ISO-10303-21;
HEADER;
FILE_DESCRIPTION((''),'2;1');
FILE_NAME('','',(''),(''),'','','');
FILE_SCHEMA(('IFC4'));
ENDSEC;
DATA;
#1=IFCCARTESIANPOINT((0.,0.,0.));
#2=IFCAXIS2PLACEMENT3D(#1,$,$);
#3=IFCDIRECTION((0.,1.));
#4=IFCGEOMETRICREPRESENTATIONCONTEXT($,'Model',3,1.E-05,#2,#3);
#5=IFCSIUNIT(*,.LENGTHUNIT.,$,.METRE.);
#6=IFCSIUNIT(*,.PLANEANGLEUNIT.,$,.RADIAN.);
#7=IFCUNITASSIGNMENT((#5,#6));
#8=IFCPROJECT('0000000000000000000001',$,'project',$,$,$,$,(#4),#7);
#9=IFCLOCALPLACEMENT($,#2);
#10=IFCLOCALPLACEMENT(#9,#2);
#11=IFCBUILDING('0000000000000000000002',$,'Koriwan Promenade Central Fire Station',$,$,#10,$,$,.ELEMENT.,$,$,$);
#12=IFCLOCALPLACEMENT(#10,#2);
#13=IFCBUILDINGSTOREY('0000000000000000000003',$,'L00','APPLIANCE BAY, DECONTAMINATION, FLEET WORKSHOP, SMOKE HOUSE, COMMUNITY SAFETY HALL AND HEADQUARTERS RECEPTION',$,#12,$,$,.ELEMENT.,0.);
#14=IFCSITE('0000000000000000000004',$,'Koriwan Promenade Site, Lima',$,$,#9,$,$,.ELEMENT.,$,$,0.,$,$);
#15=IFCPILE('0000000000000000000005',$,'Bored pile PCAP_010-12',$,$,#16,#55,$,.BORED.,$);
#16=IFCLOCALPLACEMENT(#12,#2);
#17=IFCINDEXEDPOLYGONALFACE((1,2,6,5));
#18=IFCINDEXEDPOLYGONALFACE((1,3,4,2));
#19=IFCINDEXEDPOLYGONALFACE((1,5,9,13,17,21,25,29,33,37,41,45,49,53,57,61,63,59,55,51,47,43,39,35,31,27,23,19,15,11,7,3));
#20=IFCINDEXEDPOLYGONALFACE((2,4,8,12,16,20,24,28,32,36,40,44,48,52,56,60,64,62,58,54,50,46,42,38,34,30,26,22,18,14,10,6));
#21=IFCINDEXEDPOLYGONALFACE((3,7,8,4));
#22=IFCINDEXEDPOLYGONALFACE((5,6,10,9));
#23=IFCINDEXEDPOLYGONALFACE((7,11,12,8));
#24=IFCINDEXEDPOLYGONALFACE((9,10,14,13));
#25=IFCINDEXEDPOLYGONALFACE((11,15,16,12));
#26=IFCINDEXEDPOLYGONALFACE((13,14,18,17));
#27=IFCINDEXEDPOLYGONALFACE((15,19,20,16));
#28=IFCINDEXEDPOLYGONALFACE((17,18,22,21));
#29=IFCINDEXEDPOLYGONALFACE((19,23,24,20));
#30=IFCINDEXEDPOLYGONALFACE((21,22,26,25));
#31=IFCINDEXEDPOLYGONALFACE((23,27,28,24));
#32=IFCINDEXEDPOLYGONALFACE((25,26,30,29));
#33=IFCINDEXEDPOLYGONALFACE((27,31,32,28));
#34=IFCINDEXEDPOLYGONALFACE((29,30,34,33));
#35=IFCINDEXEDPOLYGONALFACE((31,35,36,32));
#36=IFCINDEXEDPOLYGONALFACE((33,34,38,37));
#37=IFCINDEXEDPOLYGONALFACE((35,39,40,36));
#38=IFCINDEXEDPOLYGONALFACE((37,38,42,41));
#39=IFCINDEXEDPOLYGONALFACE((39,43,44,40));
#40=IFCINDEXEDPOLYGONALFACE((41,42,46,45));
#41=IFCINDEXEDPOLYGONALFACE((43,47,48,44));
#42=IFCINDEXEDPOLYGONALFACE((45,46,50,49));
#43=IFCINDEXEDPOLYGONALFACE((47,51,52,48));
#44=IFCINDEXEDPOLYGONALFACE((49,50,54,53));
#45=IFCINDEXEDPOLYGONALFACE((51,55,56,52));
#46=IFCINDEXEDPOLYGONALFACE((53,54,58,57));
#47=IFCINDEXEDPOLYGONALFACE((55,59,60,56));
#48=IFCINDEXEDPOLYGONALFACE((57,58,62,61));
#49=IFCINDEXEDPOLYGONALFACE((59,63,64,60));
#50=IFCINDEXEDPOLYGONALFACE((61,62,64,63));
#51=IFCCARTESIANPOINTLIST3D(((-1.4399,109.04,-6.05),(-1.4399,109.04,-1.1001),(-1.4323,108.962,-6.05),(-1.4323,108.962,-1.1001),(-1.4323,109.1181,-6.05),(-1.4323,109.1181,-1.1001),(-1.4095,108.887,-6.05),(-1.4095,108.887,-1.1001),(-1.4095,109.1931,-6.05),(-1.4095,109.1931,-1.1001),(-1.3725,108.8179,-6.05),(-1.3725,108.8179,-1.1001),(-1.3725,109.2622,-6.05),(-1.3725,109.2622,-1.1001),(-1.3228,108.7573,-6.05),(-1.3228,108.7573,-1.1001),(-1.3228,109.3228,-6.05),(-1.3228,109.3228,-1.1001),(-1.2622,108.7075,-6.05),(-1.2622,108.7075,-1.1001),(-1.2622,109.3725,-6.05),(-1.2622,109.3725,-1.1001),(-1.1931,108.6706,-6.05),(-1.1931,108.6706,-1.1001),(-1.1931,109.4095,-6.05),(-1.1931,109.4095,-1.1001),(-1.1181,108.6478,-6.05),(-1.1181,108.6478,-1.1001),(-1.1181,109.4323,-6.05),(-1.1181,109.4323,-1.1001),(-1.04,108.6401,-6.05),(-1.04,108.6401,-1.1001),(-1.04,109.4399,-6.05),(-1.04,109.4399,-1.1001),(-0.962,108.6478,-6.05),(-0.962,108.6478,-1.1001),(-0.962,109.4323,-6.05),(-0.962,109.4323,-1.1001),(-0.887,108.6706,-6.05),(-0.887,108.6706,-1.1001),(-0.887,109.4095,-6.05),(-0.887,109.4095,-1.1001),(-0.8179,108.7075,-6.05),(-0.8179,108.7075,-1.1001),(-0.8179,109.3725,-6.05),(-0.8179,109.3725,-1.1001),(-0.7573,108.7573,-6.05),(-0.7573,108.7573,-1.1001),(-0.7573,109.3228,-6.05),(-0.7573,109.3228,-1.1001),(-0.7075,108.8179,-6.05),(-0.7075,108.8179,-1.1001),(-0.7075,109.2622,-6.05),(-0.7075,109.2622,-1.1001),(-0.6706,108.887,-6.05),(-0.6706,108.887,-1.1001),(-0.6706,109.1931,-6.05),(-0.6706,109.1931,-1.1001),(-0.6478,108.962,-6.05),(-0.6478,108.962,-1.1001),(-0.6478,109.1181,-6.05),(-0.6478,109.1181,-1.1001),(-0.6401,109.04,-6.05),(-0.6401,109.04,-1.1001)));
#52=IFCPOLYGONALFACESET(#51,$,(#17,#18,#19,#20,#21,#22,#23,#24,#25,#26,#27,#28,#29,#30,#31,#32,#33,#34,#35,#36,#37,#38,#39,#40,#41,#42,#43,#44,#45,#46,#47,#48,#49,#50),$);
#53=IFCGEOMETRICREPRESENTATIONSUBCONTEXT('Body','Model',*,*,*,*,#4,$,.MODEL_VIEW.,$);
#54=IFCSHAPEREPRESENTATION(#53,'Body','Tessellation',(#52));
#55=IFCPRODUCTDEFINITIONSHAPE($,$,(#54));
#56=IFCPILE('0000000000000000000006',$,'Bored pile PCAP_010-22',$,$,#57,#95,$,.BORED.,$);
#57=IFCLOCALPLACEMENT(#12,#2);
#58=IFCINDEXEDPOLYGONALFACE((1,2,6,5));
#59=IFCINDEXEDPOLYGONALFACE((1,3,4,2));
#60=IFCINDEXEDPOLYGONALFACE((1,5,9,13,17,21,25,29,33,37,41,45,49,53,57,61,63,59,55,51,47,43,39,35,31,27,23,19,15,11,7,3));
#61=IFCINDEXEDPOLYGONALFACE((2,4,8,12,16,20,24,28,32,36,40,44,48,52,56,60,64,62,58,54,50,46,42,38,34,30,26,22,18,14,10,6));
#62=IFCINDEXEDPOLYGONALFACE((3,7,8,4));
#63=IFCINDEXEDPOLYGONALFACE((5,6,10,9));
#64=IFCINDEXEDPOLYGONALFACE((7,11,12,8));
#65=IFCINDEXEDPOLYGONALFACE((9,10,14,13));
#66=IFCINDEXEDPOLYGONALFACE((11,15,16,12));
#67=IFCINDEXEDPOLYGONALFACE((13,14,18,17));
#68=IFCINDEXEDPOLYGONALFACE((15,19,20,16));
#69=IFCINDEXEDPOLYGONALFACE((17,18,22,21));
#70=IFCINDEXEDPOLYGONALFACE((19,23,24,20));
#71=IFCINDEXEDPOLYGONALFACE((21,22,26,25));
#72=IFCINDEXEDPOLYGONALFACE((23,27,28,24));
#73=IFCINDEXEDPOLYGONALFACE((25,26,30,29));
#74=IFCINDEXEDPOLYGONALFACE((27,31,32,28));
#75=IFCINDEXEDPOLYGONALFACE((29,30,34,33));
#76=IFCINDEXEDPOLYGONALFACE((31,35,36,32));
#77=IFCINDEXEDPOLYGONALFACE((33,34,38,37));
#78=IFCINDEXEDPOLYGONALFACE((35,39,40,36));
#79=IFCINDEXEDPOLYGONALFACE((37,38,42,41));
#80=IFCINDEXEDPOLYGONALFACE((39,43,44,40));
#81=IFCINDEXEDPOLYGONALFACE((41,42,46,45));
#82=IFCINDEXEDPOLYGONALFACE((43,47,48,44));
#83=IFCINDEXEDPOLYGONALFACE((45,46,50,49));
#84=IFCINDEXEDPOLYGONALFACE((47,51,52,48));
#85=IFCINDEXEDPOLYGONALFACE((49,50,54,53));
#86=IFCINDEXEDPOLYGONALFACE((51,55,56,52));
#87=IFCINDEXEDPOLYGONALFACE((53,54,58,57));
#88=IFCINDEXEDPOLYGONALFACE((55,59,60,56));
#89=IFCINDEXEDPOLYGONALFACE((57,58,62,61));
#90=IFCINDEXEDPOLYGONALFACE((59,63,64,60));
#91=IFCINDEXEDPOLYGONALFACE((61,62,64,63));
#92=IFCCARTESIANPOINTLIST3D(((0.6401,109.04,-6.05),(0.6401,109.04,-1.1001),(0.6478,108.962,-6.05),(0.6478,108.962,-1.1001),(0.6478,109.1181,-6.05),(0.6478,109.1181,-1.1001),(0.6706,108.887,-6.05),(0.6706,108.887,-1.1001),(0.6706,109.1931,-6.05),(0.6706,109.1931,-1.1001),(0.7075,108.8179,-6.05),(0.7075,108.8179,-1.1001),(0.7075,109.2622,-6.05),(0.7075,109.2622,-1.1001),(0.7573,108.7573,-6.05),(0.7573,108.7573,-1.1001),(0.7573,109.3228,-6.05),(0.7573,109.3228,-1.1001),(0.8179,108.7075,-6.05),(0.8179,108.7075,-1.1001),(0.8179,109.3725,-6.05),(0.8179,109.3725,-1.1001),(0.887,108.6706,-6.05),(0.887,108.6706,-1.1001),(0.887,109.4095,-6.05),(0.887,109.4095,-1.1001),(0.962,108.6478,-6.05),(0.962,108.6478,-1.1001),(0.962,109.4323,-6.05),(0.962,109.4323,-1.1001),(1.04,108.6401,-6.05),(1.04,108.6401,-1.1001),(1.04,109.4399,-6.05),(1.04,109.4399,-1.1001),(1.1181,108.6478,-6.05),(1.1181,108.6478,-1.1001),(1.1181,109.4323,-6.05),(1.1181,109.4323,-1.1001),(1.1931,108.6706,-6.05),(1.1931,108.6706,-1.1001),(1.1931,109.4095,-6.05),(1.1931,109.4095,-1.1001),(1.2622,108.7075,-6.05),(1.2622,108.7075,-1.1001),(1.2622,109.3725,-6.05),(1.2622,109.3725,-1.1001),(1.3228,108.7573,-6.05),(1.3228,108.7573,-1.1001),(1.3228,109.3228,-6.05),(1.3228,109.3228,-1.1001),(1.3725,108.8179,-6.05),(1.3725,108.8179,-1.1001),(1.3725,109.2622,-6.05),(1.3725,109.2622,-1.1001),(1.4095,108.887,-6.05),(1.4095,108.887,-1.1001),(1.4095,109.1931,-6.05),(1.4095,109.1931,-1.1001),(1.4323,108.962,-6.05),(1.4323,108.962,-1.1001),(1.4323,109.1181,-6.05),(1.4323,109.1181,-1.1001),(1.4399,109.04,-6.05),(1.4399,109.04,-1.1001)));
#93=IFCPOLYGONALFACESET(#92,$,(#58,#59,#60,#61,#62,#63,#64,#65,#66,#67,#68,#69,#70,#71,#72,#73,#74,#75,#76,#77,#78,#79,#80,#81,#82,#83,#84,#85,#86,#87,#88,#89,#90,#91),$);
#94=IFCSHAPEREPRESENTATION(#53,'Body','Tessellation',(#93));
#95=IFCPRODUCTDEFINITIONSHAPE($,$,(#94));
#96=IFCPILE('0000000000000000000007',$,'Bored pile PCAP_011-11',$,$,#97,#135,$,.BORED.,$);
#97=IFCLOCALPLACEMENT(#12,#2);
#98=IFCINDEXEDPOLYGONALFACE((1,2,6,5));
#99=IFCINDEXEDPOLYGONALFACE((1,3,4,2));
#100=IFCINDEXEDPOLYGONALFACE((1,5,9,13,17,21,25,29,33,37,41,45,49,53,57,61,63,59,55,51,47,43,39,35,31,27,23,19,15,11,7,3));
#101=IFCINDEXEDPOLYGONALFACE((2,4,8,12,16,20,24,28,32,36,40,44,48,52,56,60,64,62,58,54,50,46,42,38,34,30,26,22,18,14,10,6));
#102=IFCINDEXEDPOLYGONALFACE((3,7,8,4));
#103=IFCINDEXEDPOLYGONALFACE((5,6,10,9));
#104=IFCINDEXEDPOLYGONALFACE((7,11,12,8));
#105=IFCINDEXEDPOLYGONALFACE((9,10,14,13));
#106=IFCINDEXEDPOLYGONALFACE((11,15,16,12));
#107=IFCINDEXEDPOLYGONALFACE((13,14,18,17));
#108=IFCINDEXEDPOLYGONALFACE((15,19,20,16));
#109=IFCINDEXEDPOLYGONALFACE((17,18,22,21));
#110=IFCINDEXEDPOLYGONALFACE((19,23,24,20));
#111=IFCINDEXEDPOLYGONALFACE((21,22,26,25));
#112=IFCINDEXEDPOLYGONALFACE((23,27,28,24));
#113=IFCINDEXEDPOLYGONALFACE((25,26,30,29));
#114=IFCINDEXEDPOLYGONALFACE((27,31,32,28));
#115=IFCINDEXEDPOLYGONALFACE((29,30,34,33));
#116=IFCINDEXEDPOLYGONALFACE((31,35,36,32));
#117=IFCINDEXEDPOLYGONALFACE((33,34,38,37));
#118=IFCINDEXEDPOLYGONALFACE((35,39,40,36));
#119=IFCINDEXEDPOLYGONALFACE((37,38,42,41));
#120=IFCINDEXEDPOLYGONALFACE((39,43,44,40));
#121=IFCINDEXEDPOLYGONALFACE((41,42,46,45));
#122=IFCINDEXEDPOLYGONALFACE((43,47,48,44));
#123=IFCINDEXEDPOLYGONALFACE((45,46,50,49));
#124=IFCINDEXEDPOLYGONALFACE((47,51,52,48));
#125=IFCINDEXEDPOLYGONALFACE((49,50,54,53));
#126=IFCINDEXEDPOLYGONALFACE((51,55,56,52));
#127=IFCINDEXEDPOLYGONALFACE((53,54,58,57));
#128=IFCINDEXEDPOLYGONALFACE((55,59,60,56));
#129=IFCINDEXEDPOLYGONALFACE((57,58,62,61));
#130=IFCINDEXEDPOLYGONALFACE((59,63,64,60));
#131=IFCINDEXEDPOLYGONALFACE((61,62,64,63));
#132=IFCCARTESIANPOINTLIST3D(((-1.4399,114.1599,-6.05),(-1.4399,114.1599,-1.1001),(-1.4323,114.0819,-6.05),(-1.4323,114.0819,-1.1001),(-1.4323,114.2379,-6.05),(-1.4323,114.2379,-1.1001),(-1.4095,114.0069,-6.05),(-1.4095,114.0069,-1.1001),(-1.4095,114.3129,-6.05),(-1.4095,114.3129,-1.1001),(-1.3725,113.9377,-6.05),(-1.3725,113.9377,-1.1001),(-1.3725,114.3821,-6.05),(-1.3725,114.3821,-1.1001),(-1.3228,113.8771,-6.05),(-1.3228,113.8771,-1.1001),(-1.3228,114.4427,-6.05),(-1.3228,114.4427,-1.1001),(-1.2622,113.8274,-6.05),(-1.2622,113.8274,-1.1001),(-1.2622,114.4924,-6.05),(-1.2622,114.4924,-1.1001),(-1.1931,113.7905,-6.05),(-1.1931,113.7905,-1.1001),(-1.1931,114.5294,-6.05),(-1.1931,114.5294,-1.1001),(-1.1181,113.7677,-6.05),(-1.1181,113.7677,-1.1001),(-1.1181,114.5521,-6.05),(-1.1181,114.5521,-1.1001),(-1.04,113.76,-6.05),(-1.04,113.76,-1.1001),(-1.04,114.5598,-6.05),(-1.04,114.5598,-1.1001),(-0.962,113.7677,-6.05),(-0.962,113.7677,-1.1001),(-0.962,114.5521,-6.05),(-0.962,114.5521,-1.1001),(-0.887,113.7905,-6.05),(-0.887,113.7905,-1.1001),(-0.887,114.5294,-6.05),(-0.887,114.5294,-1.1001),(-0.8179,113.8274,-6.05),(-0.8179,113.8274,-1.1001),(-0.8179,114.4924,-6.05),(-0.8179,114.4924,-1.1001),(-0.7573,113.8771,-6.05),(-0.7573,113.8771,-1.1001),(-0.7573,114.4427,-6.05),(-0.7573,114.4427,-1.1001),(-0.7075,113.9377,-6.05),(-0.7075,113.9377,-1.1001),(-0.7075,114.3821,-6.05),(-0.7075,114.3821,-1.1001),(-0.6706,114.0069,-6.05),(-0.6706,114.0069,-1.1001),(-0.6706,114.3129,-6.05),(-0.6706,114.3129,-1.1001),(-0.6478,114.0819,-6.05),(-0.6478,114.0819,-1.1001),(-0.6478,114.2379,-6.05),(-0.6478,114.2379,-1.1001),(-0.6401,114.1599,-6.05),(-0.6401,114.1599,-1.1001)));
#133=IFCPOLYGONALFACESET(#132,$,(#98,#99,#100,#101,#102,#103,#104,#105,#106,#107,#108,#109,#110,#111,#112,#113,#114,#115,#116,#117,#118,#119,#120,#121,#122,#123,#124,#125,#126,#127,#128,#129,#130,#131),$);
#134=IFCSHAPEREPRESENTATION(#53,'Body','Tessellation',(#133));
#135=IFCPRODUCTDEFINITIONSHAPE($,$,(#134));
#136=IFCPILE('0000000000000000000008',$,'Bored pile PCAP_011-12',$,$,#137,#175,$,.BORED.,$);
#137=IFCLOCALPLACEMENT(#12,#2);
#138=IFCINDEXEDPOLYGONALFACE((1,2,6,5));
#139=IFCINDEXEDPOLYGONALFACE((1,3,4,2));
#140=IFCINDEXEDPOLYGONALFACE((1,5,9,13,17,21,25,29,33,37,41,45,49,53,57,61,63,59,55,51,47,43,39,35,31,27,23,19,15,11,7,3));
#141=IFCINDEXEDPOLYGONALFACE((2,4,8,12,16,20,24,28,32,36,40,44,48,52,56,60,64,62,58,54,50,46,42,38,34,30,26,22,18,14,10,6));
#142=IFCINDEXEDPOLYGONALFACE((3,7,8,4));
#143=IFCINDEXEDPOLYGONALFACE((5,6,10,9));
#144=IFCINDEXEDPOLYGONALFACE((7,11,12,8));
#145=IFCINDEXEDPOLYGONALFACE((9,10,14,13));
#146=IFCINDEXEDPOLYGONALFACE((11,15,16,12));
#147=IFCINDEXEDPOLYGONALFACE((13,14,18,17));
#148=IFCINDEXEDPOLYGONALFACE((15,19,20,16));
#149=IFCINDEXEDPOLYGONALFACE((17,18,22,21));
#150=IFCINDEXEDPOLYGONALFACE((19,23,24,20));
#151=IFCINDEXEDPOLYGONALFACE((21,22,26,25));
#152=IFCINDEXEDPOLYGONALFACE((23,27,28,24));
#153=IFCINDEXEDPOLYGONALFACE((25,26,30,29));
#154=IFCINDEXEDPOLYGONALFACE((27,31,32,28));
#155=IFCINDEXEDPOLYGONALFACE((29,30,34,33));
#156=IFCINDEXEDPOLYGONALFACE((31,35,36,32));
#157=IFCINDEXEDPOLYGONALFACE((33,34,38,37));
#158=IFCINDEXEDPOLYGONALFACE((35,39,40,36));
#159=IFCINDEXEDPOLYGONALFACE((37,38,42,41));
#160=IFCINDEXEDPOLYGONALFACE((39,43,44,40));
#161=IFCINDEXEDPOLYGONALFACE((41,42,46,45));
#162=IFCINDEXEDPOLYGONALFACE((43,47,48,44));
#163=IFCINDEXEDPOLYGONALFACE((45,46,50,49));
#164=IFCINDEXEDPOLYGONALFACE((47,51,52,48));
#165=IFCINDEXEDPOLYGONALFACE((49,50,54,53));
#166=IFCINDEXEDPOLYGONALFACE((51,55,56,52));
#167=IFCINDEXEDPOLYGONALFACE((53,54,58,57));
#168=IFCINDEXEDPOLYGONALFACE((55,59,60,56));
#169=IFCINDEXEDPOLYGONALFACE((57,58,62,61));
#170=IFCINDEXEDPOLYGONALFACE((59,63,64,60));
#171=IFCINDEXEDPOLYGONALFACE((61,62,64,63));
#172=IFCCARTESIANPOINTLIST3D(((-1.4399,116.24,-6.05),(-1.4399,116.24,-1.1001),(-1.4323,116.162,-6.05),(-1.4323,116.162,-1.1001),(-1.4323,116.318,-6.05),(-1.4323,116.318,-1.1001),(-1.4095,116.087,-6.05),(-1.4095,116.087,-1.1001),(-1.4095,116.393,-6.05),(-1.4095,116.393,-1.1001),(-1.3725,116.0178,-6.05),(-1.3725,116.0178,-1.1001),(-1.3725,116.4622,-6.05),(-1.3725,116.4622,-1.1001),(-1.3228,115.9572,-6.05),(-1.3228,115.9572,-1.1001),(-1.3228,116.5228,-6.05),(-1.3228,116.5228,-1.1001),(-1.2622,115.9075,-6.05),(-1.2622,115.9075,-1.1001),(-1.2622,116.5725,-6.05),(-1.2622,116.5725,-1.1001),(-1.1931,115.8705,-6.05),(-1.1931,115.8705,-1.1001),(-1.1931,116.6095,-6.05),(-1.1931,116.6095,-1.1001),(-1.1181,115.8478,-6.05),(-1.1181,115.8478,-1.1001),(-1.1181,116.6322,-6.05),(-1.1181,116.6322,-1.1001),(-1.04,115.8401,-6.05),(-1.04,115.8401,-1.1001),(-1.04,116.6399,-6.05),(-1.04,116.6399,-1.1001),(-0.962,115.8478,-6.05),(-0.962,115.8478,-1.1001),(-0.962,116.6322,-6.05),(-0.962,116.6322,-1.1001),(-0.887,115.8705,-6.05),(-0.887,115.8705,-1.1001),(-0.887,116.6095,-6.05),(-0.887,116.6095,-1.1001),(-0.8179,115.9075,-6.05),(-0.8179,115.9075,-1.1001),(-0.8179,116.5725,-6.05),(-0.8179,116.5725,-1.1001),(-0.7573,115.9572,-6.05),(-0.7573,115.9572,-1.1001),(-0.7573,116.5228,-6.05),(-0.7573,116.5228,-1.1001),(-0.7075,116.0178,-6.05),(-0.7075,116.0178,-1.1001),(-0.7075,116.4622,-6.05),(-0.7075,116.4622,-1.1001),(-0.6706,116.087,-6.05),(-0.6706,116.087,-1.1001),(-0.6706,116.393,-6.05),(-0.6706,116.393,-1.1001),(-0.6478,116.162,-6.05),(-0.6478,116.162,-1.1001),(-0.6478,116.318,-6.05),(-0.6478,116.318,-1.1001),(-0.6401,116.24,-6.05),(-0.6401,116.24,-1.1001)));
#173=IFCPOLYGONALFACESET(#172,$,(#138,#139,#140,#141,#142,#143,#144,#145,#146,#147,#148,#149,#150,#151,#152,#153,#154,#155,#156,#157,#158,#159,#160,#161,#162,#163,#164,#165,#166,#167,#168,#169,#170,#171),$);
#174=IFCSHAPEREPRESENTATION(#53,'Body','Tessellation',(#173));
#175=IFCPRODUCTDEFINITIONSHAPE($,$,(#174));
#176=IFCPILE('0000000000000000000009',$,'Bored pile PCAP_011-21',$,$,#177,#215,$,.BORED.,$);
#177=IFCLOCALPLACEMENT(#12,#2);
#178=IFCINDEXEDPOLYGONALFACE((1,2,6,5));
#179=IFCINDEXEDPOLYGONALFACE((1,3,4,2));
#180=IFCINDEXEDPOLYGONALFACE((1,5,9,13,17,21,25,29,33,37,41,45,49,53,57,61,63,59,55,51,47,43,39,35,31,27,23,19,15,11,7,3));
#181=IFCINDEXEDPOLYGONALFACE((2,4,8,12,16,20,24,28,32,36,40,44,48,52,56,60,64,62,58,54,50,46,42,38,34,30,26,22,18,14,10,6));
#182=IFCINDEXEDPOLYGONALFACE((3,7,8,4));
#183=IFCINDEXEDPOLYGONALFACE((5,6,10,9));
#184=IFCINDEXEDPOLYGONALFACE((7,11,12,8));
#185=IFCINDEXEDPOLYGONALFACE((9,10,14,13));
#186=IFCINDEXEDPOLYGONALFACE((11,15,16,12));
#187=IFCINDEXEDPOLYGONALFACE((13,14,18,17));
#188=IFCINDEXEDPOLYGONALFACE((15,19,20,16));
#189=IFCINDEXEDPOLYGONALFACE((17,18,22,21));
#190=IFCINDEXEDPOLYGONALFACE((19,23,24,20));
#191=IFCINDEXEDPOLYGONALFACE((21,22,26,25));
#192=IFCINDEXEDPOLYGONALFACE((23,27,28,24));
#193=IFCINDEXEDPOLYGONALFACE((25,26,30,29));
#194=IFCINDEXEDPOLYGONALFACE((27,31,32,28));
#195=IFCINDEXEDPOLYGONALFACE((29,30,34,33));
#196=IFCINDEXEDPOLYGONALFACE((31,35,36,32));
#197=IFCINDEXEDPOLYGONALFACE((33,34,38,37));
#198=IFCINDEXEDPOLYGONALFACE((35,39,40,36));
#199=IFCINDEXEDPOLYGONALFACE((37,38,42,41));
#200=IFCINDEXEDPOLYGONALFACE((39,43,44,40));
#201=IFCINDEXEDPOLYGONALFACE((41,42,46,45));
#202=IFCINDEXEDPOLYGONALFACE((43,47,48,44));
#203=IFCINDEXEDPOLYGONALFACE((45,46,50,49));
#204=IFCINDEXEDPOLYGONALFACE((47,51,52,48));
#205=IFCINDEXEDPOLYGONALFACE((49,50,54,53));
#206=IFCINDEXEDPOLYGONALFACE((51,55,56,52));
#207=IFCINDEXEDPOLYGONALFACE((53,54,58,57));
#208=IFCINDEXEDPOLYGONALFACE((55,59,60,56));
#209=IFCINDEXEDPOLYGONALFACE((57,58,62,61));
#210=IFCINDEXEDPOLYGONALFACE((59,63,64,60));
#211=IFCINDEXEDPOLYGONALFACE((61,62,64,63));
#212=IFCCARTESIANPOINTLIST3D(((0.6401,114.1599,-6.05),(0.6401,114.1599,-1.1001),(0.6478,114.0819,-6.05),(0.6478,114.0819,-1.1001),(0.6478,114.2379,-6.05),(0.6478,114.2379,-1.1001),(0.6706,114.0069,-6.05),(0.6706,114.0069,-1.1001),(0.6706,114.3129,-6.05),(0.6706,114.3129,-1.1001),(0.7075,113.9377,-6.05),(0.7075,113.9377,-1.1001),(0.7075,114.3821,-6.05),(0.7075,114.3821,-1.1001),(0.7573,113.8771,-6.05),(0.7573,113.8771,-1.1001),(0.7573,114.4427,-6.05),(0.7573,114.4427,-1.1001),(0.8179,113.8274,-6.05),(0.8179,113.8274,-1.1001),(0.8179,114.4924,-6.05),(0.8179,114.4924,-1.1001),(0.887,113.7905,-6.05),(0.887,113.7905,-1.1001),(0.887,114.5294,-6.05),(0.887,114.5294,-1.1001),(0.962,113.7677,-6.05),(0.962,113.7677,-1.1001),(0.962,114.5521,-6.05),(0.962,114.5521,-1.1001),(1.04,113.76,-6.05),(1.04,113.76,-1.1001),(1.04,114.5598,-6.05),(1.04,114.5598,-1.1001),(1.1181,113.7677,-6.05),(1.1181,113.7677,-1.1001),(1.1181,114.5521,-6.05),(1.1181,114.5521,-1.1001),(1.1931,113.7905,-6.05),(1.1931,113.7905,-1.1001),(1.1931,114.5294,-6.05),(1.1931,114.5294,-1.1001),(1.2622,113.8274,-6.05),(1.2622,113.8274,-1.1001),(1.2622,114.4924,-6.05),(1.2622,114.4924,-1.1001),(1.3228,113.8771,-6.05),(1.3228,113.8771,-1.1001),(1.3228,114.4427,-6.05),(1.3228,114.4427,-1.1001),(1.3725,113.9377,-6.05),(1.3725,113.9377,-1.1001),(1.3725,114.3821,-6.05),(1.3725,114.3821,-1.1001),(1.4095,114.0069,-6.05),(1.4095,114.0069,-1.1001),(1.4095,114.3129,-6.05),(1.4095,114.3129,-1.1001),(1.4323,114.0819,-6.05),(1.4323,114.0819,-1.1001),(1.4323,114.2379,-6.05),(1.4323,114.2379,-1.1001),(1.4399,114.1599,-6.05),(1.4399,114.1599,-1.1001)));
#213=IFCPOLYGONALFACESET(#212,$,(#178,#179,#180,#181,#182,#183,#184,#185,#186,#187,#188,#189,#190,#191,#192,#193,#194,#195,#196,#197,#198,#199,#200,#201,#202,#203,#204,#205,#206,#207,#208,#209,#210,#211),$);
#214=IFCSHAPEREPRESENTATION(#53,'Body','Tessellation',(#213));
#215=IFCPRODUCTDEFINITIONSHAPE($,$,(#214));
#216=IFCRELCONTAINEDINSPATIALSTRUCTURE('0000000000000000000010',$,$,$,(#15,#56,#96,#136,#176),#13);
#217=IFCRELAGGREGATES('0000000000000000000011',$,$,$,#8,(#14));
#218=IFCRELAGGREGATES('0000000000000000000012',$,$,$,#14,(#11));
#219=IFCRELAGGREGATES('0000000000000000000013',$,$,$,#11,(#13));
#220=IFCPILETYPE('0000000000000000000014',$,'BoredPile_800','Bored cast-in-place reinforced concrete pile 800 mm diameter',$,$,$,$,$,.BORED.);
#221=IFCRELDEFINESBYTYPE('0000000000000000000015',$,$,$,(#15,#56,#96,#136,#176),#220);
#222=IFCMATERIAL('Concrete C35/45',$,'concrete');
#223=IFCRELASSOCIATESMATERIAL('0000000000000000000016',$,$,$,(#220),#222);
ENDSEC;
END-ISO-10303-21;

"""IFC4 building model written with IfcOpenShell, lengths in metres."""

from ifc_helpers import new_model, si_unit, direction, frame, origin, origin_2d, place, context, subcontext, project, spatial, circle, extrude, material, material_profile, profile_set, type_object, element, save


model = new_model("IFC4")

# Units and contexts
model_context = context("Model", 3, precision=1e-05, world=origin(), true_north=direction((0.0, 1.0)))
body_context = subcontext(model_context, "Body", "Model", "MODEL_VIEW")
ifc_project = project(units=[si_unit("LENGTHUNIT", "METRE"), si_unit("PLANEANGLEUNIT", "RADIAN")], contexts=[model_context])

# Site, building, storey
site_placement = place(None, origin())
site = spatial("IfcSite", under=ifc_project, at=site_placement, Name="Koriwan Promenade Site, Lima", CompositionType="ELEMENT", RefElevation=0.0)
building_placement = place(site_placement, origin())
building = spatial("IfcBuilding", under=site, at=building_placement, Name="Koriwan Promenade Central Fire Station", CompositionType="ELEMENT")
storey_placement = place(building_placement, origin())
storey = spatial("IfcBuildingStorey", under=building, at=storey_placement, Name="L00", Description="APPLIANCE BAY, DECONTAMINATION, FLEET WORKSHOP, SMOKE HOUSE, COMMUNITY SAFETY HALL AND HEADQUARTERS RECEPTION", CompositionType="ELEMENT", Elevation=0.0)

# Piles
ifc_material_1 = material(Name="Concrete C35/45", Category="concrete")
ifc_material_profile_1 = material_profile(ifc_material_1, circle(Radius=0.3999, at=origin_2d()), Name="PILE-D800")
ifc_profile_set_1 = profile_set([ifc_material_profile_1], Name="Concrete C35/45")
pile_type = type_object("IfcPileType", Name="BoredPile_800", Description="Bored cast-in-place reinforced concrete pile 800 mm diameter", PredefinedType="BORED", material=ifc_profile_set_1)
for number, where, z_axis, x_axis, name in (
    (1, (-1.04, 109.04, -1.1001), (0.0, 0.0, -1.0), (1.0, 0.0, 0.0), "Bored pile PCAP_010-12"),
    (2, (1.04, 109.04, -1.1001), (0.0, 0.0, -1.0), (1.0, 0.0, 0.0), "Bored pile PCAP_010-22"),
    (3, (-1.04, 114.1599, -1.1001), (0.0, 0.0, -1.0), (1.0, 0.0, 0.0), "Bored pile PCAP_011-11"),
    (4, (-1.04, 116.24, -1.1001), (0.0, 0.0, -1.0), (1.0, 0.0, 0.0), "Bored pile PCAP_011-12"),
    (5, (1.04, 114.1599, -1.1001), (0.0, 0.0, -1.0), (1.0, 0.0, 0.0), "Bored pile PCAP_011-21"),
):
    element("IfcPile", number, at=place(storey_placement, frame(where, z_axis=z_axis, x_axis=x_axis)), inside=storey, type_object=pile_type, Name=name, PredefinedType="BORED", context=body_context, shape_type="SweptSolid", body=[
        extrude(circle(Radius=0.3999, at=origin_2d()), origin(), (0.0, 0.0, 1.0), 4.95),
    ])

save(model, "model.ifc")
